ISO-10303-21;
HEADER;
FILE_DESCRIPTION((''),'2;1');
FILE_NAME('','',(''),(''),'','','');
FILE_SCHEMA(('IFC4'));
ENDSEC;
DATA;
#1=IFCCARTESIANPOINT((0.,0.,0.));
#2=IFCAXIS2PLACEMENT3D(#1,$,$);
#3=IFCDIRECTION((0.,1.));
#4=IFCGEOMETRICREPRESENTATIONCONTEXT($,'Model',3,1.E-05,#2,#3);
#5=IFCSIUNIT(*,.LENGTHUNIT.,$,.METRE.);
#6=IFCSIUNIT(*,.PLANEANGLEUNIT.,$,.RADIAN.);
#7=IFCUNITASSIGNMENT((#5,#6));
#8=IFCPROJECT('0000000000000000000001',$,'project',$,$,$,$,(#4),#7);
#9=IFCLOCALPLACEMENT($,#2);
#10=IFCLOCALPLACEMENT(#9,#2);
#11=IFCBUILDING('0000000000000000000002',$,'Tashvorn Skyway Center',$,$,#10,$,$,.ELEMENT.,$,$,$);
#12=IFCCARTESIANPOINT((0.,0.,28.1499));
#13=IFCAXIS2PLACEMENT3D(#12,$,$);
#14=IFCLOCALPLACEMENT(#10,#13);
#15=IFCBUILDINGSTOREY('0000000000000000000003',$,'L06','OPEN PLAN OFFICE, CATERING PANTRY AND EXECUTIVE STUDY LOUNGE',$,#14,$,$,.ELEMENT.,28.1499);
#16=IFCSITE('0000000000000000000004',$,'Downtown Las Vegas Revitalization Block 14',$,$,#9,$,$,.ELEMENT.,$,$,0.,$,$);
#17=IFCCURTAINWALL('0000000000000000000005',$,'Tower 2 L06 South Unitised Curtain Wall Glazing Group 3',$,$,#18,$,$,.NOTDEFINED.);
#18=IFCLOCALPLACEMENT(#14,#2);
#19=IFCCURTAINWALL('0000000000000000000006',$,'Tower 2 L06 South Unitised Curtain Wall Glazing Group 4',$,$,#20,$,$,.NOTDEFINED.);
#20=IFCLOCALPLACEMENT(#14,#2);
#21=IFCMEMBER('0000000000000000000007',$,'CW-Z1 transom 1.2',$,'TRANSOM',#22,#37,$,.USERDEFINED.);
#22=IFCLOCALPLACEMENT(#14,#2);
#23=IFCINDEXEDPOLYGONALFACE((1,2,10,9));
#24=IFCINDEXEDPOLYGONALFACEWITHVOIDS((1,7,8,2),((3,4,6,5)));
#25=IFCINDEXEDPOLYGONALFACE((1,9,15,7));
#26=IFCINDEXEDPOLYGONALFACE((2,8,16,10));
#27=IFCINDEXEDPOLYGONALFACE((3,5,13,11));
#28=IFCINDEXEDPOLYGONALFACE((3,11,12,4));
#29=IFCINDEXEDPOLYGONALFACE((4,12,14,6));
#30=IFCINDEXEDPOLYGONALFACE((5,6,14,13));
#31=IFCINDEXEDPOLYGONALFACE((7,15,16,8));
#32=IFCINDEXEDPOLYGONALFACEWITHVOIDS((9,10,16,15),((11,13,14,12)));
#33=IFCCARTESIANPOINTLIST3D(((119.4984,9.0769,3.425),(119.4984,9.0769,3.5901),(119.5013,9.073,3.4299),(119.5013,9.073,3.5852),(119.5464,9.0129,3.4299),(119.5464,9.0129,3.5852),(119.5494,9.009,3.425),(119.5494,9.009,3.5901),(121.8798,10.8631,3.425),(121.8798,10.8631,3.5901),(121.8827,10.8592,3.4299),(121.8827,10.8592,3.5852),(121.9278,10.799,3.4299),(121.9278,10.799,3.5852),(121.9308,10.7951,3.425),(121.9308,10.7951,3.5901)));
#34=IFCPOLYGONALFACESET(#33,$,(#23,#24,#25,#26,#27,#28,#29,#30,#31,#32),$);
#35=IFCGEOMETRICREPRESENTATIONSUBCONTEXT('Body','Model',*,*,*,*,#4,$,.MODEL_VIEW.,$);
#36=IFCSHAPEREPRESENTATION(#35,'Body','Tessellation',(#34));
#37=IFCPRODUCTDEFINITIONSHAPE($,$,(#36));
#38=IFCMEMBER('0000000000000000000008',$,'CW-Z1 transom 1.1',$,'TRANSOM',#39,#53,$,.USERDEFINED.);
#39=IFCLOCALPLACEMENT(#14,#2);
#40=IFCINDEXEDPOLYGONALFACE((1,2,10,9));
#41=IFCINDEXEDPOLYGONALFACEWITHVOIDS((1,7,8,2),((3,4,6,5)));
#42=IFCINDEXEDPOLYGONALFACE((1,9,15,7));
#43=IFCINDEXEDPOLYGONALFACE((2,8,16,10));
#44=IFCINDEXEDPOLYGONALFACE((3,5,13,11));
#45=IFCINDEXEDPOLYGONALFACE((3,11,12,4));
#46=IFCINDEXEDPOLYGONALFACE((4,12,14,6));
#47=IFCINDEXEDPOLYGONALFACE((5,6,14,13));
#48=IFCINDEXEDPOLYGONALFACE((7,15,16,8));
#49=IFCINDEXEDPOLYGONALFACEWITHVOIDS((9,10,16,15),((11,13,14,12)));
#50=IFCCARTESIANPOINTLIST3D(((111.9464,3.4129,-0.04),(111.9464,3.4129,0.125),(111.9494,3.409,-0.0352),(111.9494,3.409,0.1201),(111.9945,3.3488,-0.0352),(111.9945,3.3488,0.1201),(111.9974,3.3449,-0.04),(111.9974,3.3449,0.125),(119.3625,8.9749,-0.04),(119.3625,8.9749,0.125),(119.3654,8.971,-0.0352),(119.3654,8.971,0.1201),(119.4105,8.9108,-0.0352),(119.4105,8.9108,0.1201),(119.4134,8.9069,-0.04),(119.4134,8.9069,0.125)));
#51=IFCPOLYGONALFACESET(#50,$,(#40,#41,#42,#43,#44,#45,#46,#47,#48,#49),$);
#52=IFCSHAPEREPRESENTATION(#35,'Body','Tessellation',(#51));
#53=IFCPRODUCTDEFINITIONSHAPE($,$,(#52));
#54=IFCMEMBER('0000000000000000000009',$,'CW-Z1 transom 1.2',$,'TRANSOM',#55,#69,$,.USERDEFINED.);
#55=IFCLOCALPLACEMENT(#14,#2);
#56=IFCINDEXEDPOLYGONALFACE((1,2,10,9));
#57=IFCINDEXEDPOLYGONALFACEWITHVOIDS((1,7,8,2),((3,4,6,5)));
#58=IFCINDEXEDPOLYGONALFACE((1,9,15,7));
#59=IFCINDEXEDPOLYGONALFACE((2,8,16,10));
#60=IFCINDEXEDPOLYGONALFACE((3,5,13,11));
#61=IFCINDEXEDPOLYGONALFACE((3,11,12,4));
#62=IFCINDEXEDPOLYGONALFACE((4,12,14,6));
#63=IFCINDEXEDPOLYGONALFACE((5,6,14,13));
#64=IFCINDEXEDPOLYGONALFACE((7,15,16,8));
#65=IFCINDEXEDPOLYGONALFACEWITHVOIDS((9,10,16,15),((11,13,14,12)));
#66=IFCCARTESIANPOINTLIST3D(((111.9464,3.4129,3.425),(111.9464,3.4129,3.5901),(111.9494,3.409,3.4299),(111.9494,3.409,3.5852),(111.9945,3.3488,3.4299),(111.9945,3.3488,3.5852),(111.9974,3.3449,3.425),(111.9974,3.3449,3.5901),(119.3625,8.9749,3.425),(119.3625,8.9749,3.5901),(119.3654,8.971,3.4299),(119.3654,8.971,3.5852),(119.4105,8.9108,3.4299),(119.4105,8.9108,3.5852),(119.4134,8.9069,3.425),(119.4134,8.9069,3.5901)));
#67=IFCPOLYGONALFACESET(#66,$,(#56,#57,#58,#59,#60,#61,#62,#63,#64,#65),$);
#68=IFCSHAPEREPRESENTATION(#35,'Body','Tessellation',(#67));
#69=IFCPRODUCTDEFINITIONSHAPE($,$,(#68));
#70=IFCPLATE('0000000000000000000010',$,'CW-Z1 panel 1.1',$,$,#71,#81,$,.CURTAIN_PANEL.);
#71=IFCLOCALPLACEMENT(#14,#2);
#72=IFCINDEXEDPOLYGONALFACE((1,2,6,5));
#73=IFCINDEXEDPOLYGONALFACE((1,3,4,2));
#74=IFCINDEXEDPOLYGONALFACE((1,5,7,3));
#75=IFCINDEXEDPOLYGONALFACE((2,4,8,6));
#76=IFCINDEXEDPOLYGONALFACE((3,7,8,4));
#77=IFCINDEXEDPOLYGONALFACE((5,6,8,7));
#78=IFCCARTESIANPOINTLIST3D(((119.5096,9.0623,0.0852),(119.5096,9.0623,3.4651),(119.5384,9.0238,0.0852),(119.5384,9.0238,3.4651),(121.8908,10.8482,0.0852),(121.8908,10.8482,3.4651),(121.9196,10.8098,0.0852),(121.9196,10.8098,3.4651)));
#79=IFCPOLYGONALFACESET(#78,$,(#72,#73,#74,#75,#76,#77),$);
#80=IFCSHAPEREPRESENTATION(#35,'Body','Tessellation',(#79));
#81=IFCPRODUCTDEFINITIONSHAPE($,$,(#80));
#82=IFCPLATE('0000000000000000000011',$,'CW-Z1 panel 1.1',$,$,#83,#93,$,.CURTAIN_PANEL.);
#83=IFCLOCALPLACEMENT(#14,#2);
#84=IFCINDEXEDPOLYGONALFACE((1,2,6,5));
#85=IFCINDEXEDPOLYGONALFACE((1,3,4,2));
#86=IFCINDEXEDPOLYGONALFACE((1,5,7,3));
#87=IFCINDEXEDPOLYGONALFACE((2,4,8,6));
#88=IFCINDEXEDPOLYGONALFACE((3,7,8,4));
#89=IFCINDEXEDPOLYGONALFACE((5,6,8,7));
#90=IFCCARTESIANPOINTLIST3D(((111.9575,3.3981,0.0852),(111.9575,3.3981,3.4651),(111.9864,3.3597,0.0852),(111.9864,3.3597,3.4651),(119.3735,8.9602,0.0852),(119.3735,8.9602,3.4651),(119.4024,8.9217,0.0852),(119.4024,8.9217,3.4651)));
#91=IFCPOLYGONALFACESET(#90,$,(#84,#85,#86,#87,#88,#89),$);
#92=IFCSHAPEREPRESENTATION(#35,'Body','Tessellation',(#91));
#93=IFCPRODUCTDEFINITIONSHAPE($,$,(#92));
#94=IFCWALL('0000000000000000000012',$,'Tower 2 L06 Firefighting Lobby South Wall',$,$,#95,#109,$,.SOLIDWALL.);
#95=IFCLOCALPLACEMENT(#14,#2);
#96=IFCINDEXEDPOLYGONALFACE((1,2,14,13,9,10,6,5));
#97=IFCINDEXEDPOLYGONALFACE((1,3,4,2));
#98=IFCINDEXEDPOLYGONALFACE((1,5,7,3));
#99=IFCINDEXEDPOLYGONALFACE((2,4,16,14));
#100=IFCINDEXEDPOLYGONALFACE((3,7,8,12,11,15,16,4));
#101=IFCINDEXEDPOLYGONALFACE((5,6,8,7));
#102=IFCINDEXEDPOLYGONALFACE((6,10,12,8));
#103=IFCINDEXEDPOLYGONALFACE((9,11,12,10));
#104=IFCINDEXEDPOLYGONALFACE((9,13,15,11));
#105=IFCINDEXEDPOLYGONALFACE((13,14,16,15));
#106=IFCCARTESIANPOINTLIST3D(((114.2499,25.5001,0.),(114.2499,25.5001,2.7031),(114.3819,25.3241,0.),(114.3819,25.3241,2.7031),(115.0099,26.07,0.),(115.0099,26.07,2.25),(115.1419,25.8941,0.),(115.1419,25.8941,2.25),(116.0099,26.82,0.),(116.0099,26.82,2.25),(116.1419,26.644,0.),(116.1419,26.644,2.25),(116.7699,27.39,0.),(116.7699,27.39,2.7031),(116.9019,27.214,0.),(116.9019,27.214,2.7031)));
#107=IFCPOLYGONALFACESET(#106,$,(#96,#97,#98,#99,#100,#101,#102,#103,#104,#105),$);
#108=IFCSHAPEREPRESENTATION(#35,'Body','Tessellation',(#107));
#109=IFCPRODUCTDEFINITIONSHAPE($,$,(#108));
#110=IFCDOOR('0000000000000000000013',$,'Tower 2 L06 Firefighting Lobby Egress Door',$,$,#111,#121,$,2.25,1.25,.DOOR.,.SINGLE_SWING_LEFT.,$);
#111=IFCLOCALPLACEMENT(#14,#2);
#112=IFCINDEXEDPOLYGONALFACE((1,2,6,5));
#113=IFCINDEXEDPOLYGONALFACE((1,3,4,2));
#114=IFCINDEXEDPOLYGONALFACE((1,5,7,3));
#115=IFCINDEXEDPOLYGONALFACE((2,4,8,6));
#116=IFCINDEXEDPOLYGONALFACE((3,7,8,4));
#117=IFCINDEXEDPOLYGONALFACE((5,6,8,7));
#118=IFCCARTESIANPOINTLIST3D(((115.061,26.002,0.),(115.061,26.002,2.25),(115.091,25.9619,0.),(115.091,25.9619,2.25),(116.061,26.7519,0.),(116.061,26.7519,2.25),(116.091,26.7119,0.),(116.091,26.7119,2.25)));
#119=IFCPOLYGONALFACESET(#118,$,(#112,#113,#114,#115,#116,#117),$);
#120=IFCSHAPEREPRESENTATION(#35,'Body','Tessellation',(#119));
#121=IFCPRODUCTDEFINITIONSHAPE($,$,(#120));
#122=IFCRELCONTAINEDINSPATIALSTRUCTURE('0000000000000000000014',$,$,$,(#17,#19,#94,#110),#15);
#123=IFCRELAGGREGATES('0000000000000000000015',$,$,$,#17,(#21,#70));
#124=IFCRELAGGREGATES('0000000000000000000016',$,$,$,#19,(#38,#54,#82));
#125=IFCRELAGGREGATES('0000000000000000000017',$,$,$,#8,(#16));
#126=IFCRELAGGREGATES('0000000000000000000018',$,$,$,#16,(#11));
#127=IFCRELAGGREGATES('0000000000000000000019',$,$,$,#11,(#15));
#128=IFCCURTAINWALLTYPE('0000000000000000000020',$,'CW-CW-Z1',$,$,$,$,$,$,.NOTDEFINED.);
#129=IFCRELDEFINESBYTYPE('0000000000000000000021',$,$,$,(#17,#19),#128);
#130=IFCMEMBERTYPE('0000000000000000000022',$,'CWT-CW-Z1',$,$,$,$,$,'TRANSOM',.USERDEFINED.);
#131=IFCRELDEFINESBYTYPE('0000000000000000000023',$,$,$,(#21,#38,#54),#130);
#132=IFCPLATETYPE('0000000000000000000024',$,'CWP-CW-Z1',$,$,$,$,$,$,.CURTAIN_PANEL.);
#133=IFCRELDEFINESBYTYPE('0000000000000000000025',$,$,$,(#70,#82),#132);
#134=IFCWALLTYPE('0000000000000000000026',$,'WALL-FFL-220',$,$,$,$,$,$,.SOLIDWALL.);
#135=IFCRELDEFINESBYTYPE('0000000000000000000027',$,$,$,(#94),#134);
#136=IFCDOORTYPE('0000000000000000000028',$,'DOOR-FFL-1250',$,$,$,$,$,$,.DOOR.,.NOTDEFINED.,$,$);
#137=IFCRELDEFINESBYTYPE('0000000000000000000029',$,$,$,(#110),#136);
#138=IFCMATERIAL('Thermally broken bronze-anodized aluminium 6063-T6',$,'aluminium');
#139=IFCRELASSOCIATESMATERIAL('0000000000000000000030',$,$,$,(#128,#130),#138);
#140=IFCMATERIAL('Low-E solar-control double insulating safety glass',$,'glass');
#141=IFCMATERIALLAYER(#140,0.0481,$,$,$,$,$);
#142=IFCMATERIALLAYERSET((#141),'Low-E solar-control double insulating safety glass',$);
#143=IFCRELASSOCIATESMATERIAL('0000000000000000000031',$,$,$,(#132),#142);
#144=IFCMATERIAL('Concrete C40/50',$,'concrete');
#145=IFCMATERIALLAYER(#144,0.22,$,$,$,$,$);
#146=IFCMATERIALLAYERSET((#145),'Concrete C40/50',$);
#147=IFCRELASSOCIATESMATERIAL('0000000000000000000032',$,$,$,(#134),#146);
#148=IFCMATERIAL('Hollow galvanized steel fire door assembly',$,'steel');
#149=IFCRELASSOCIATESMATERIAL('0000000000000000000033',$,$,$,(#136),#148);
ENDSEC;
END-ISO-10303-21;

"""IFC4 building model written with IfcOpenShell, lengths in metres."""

from ifc_helpers import new_model, si_unit, direction, frame, frame_2d, origin, origin_2d, place, context, subcontext, project, spatial, rectangle, hollow_rectangle, extrude, material, layer, layer_set, material_profile, profile_set, type_object, element, fill, aggregate, save


model = new_model("IFC4")

# Units and contexts
model_context = context("Model", 3, precision=1e-05, world=origin(), true_north=direction((0.0, 1.0)))
body_context = subcontext(model_context, "Body", "Model", "MODEL_VIEW")
ifc_project = project(units=[si_unit("LENGTHUNIT", "METRE"), si_unit("PLANEANGLEUNIT", "RADIAN")], contexts=[model_context])

# Site, building, storey
site_placement = place(None, origin())
site = spatial("IfcSite", under=ifc_project, at=site_placement, Name="Downtown Las Vegas Revitalization Block 14", CompositionType="ELEMENT", RefElevation=0.0)
building_placement = place(site_placement, origin())
building = spatial("IfcBuilding", under=site, at=building_placement, Name="Tashvorn Skyway Center", CompositionType="ELEMENT")
storey_placement = place(building_placement, frame((0.0, 0.0, 28.1499)))
storey = spatial("IfcBuildingStorey", under=building, at=storey_placement, Name="L06", Description="OPEN PLAN OFFICE, CATERING PANTRY AND EXECUTIVE STUDY LOUNGE", CompositionType="ELEMENT", Elevation=28.1499)

# Curtain wall
ifc_material_1 = material(Name="Thermally broken bronze-anodized aluminium 6063-T6", Category="aluminium")
curtain_wall_type = type_object("IfcCurtainWallType", Name="CW-CW-Z1", PredefinedType="NOTDEFINED", material=ifc_material_1)
curtain_wall_1_placement = place(storey_placement, origin())
curtain_wall_1 = element("IfcCurtainWall", 1, at=curtain_wall_1_placement, inside=storey, type_object=curtain_wall_type, Name="Tower 2 L06 South Unitised Curtain Wall Glazing Group 3", PredefinedType="NOTDEFINED")

# Curtain wall
curtain_wall_2_placement = place(storey_placement, origin())
curtain_wall_2 = element("IfcCurtainWall", 2, at=curtain_wall_2_placement, inside=storey, type_object=curtain_wall_type, Name="Tower 2 L06 South Unitised Curtain Wall Glazing Group 4", PredefinedType="NOTDEFINED")

# Members
ifc_material_profile_1 = material_profile(ifc_material_1, hollow_rectangle(XDim=0.085, YDim=0.165, WallThickness=0.0049, at=origin_2d()), Name="ALU-TRAN-85x165")
ifc_profile_set_1 = profile_set([ifc_material_profile_1], Name="Thermally broken bronze-anodized aluminium 6063-T6")
member_type_1 = type_object("IfcMemberType", Name="CWT-CW-Z1", ElementType="TRANSOM", PredefinedType="USERDEFINED", material=ifc_profile_set_1)
member_1_placement = place(storey_placement, frame((121.9053, 10.8291, 3.5076), z_axis=(-0.79998, -0.600026, 0.0), x_axis=(0.600026, -0.79998, 0.0)))
member_1 = element("IfcMember", 3, at=member_1_placement, type_object=member_type_1, Name="CW-Z1 transom 1.2", ObjectType="TRANSOM", PredefinedType="USERDEFINED", context=body_context, shape_type="SweptSolid", body=[
    extrude(hollow_rectangle(XDim=0.085, YDim=0.165, WallThickness=0.0049, at=origin_2d()), origin(), (0.0, 0.0, 1.0), 2.9768),
])
member_2_placement = place(storey_placement, frame((119.3879, 8.9409, 0.0425), z_axis=(-0.8, -0.6, 0.0), x_axis=(0.6, -0.8, 0.0)))
member_2 = element("IfcMember", 4, at=member_2_placement, type_object=member_type_1, Name="CW-Z1 transom 1.1", ObjectType="TRANSOM", PredefinedType="USERDEFINED", context=body_context, shape_type="SweptSolid", body=[
    extrude(hollow_rectangle(XDim=0.085, YDim=0.165, WallThickness=0.0049, at=origin_2d()), origin(), (0.0, 0.0, 1.0), 9.27),
])
member_3_placement = place(storey_placement, frame((119.3879, 8.9409, 3.5076), z_axis=(-0.8, -0.6, 0.0), x_axis=(0.6, -0.8, 0.0)))
member_3 = element("IfcMember", 5, at=member_3_placement, type_object=member_type_1, Name="CW-Z1 transom 1.2", ObjectType="TRANSOM", PredefinedType="USERDEFINED", context=body_context, shape_type="SweptSolid", body=[
    extrude(hollow_rectangle(XDim=0.085, YDim=0.165, WallThickness=0.0049, at=origin_2d()), origin(), (0.0, 0.0, 1.0), 9.27),
])

# Plates
ifc_material_2 = material(Name="Low-E solar-control double insulating safety glass", Category="glass")
ifc_layer_1 = layer(ifc_material_2, 0.0481)
ifc_layer_set_1 = layer_set([ifc_layer_1], Name="Low-E solar-control double insulating safety glass")
plate_type = type_object("IfcPlateType", Name="CWP-CW-Z1", PredefinedType="CURTAIN_PANEL", material=ifc_layer_set_1)
plate_1_placement = place(storey_placement, frame((120.7146, 9.936, 0.0852), z_axis=(0.0, 0.0, 1.0), x_axis=(-0.799996, -0.600005, 0.0)))
plate_1 = element("IfcPlate", 6, at=plate_1_placement, type_object=plate_type, Name="CW-Z1 panel 1.1", PredefinedType="CURTAIN_PANEL", context=body_context, shape_type="SweptSolid", body=[
    extrude(rectangle(XDim=2.9766, YDim=0.0481, at=origin_2d()), origin(), (0.0, 0.0, 1.0), 3.3799),
])
aggregate(curtain_wall_1, [member_1, plate_1])
plate_2_placement = place(storey_placement, frame((115.6799, 6.1599, 0.0852), z_axis=(0.0, 0.0, 1.0), x_axis=(-0.8, -0.6, 0.0)))
plate_2 = element("IfcPlate", 7, at=plate_2_placement, type_object=plate_type, Name="CW-Z1 panel 1.1", PredefinedType="CURTAIN_PANEL", context=body_context, shape_type="SweptSolid", body=[
    extrude(rectangle(XDim=9.27, YDim=0.0481, at=origin_2d()), origin(), (0.0, 0.0, 1.0), 3.3799),
])
aggregate(curtain_wall_2, [member_2, member_3, plate_2])

# Wall, opening, door
ifc_material_3 = material(Name="Concrete C40/50", Category="concrete")
ifc_layer_2 = layer(ifc_material_3, 0.22)
ifc_layer_set_2 = layer_set([ifc_layer_2], Name="Concrete C40/50")
wall_type_1 = type_object("IfcWallType", Name="WALL-FFL-220", PredefinedType="SOLIDWALL", material=ifc_layer_set_2)
wall_1_placement = place(storey_placement, frame((114.3159, 25.4121, 0.0), z_axis=(0.0, 0.0, 1.0), x_axis=(0.800019, 0.599975, 0.0)))
wall_1 = element("IfcWall", 8, at=wall_1_placement, inside=storey, type_object=wall_type_1, Name="Tower 2 L06 Firefighting Lobby South Wall", PredefinedType="SOLIDWALL", context=body_context, shape_type="SweptSolid", body=[
    extrude(rectangle(XDim=3.1499, YDim=0.22, at=frame_2d((1.575, 0.0))), origin(), (0.0, 0.0, 1.0), 2.7031),
])
opening_1_placement = place(wall_1_placement, frame((0.95, 0.0, 0.0)))
opening_1 = element("IfcOpeningElement", 9, at=opening_1_placement, cuts=wall_1, PredefinedType="OPENING", context=body_context, shape_type="SweptSolid", body=[
    extrude(rectangle(XDim=1.25, YDim=2.25, at=frame_2d((0.625, 1.125))), frame((0.0, 0.1199, 0.0), z_axis=(0.0, -1.0, 0.0), x_axis=(1.0, 0.0, 0.0)), (0.0, 0.0, 1.0), 0.24),
])
ifc_material_4 = material(Name="Hollow galvanized steel fire door assembly", Category="steel")
door_type_1 = type_object("IfcDoorType", Name="DOOR-FFL-1250", OperationType="NOTDEFINED", PredefinedType="DOOR", material=ifc_material_4)
door_1_placement = place(opening_1_placement, origin())
door_1 = element("IfcDoor", 10, at=door_1_placement, inside=storey, type_object=door_type_1, Name="Tower 2 L06 Firefighting Lobby Egress Door", OperationType="SINGLE_SWING_LEFT", OverallHeight=2.25, OverallWidth=1.25, PredefinedType="DOOR", context=body_context, shape_type="SweptSolid", body=[
    extrude(rectangle(XDim=1.25, YDim=2.25, at=frame_2d((0.625, 1.125))), frame((0.0, 0.0249, 0.0), z_axis=(0.0, -1.0, 0.0), x_axis=(1.0, 0.0, 0.0)), (0.0, 0.0, 1.0), 0.05),
])
fill(opening_1, door_1)

save(model, "model.ifc")
